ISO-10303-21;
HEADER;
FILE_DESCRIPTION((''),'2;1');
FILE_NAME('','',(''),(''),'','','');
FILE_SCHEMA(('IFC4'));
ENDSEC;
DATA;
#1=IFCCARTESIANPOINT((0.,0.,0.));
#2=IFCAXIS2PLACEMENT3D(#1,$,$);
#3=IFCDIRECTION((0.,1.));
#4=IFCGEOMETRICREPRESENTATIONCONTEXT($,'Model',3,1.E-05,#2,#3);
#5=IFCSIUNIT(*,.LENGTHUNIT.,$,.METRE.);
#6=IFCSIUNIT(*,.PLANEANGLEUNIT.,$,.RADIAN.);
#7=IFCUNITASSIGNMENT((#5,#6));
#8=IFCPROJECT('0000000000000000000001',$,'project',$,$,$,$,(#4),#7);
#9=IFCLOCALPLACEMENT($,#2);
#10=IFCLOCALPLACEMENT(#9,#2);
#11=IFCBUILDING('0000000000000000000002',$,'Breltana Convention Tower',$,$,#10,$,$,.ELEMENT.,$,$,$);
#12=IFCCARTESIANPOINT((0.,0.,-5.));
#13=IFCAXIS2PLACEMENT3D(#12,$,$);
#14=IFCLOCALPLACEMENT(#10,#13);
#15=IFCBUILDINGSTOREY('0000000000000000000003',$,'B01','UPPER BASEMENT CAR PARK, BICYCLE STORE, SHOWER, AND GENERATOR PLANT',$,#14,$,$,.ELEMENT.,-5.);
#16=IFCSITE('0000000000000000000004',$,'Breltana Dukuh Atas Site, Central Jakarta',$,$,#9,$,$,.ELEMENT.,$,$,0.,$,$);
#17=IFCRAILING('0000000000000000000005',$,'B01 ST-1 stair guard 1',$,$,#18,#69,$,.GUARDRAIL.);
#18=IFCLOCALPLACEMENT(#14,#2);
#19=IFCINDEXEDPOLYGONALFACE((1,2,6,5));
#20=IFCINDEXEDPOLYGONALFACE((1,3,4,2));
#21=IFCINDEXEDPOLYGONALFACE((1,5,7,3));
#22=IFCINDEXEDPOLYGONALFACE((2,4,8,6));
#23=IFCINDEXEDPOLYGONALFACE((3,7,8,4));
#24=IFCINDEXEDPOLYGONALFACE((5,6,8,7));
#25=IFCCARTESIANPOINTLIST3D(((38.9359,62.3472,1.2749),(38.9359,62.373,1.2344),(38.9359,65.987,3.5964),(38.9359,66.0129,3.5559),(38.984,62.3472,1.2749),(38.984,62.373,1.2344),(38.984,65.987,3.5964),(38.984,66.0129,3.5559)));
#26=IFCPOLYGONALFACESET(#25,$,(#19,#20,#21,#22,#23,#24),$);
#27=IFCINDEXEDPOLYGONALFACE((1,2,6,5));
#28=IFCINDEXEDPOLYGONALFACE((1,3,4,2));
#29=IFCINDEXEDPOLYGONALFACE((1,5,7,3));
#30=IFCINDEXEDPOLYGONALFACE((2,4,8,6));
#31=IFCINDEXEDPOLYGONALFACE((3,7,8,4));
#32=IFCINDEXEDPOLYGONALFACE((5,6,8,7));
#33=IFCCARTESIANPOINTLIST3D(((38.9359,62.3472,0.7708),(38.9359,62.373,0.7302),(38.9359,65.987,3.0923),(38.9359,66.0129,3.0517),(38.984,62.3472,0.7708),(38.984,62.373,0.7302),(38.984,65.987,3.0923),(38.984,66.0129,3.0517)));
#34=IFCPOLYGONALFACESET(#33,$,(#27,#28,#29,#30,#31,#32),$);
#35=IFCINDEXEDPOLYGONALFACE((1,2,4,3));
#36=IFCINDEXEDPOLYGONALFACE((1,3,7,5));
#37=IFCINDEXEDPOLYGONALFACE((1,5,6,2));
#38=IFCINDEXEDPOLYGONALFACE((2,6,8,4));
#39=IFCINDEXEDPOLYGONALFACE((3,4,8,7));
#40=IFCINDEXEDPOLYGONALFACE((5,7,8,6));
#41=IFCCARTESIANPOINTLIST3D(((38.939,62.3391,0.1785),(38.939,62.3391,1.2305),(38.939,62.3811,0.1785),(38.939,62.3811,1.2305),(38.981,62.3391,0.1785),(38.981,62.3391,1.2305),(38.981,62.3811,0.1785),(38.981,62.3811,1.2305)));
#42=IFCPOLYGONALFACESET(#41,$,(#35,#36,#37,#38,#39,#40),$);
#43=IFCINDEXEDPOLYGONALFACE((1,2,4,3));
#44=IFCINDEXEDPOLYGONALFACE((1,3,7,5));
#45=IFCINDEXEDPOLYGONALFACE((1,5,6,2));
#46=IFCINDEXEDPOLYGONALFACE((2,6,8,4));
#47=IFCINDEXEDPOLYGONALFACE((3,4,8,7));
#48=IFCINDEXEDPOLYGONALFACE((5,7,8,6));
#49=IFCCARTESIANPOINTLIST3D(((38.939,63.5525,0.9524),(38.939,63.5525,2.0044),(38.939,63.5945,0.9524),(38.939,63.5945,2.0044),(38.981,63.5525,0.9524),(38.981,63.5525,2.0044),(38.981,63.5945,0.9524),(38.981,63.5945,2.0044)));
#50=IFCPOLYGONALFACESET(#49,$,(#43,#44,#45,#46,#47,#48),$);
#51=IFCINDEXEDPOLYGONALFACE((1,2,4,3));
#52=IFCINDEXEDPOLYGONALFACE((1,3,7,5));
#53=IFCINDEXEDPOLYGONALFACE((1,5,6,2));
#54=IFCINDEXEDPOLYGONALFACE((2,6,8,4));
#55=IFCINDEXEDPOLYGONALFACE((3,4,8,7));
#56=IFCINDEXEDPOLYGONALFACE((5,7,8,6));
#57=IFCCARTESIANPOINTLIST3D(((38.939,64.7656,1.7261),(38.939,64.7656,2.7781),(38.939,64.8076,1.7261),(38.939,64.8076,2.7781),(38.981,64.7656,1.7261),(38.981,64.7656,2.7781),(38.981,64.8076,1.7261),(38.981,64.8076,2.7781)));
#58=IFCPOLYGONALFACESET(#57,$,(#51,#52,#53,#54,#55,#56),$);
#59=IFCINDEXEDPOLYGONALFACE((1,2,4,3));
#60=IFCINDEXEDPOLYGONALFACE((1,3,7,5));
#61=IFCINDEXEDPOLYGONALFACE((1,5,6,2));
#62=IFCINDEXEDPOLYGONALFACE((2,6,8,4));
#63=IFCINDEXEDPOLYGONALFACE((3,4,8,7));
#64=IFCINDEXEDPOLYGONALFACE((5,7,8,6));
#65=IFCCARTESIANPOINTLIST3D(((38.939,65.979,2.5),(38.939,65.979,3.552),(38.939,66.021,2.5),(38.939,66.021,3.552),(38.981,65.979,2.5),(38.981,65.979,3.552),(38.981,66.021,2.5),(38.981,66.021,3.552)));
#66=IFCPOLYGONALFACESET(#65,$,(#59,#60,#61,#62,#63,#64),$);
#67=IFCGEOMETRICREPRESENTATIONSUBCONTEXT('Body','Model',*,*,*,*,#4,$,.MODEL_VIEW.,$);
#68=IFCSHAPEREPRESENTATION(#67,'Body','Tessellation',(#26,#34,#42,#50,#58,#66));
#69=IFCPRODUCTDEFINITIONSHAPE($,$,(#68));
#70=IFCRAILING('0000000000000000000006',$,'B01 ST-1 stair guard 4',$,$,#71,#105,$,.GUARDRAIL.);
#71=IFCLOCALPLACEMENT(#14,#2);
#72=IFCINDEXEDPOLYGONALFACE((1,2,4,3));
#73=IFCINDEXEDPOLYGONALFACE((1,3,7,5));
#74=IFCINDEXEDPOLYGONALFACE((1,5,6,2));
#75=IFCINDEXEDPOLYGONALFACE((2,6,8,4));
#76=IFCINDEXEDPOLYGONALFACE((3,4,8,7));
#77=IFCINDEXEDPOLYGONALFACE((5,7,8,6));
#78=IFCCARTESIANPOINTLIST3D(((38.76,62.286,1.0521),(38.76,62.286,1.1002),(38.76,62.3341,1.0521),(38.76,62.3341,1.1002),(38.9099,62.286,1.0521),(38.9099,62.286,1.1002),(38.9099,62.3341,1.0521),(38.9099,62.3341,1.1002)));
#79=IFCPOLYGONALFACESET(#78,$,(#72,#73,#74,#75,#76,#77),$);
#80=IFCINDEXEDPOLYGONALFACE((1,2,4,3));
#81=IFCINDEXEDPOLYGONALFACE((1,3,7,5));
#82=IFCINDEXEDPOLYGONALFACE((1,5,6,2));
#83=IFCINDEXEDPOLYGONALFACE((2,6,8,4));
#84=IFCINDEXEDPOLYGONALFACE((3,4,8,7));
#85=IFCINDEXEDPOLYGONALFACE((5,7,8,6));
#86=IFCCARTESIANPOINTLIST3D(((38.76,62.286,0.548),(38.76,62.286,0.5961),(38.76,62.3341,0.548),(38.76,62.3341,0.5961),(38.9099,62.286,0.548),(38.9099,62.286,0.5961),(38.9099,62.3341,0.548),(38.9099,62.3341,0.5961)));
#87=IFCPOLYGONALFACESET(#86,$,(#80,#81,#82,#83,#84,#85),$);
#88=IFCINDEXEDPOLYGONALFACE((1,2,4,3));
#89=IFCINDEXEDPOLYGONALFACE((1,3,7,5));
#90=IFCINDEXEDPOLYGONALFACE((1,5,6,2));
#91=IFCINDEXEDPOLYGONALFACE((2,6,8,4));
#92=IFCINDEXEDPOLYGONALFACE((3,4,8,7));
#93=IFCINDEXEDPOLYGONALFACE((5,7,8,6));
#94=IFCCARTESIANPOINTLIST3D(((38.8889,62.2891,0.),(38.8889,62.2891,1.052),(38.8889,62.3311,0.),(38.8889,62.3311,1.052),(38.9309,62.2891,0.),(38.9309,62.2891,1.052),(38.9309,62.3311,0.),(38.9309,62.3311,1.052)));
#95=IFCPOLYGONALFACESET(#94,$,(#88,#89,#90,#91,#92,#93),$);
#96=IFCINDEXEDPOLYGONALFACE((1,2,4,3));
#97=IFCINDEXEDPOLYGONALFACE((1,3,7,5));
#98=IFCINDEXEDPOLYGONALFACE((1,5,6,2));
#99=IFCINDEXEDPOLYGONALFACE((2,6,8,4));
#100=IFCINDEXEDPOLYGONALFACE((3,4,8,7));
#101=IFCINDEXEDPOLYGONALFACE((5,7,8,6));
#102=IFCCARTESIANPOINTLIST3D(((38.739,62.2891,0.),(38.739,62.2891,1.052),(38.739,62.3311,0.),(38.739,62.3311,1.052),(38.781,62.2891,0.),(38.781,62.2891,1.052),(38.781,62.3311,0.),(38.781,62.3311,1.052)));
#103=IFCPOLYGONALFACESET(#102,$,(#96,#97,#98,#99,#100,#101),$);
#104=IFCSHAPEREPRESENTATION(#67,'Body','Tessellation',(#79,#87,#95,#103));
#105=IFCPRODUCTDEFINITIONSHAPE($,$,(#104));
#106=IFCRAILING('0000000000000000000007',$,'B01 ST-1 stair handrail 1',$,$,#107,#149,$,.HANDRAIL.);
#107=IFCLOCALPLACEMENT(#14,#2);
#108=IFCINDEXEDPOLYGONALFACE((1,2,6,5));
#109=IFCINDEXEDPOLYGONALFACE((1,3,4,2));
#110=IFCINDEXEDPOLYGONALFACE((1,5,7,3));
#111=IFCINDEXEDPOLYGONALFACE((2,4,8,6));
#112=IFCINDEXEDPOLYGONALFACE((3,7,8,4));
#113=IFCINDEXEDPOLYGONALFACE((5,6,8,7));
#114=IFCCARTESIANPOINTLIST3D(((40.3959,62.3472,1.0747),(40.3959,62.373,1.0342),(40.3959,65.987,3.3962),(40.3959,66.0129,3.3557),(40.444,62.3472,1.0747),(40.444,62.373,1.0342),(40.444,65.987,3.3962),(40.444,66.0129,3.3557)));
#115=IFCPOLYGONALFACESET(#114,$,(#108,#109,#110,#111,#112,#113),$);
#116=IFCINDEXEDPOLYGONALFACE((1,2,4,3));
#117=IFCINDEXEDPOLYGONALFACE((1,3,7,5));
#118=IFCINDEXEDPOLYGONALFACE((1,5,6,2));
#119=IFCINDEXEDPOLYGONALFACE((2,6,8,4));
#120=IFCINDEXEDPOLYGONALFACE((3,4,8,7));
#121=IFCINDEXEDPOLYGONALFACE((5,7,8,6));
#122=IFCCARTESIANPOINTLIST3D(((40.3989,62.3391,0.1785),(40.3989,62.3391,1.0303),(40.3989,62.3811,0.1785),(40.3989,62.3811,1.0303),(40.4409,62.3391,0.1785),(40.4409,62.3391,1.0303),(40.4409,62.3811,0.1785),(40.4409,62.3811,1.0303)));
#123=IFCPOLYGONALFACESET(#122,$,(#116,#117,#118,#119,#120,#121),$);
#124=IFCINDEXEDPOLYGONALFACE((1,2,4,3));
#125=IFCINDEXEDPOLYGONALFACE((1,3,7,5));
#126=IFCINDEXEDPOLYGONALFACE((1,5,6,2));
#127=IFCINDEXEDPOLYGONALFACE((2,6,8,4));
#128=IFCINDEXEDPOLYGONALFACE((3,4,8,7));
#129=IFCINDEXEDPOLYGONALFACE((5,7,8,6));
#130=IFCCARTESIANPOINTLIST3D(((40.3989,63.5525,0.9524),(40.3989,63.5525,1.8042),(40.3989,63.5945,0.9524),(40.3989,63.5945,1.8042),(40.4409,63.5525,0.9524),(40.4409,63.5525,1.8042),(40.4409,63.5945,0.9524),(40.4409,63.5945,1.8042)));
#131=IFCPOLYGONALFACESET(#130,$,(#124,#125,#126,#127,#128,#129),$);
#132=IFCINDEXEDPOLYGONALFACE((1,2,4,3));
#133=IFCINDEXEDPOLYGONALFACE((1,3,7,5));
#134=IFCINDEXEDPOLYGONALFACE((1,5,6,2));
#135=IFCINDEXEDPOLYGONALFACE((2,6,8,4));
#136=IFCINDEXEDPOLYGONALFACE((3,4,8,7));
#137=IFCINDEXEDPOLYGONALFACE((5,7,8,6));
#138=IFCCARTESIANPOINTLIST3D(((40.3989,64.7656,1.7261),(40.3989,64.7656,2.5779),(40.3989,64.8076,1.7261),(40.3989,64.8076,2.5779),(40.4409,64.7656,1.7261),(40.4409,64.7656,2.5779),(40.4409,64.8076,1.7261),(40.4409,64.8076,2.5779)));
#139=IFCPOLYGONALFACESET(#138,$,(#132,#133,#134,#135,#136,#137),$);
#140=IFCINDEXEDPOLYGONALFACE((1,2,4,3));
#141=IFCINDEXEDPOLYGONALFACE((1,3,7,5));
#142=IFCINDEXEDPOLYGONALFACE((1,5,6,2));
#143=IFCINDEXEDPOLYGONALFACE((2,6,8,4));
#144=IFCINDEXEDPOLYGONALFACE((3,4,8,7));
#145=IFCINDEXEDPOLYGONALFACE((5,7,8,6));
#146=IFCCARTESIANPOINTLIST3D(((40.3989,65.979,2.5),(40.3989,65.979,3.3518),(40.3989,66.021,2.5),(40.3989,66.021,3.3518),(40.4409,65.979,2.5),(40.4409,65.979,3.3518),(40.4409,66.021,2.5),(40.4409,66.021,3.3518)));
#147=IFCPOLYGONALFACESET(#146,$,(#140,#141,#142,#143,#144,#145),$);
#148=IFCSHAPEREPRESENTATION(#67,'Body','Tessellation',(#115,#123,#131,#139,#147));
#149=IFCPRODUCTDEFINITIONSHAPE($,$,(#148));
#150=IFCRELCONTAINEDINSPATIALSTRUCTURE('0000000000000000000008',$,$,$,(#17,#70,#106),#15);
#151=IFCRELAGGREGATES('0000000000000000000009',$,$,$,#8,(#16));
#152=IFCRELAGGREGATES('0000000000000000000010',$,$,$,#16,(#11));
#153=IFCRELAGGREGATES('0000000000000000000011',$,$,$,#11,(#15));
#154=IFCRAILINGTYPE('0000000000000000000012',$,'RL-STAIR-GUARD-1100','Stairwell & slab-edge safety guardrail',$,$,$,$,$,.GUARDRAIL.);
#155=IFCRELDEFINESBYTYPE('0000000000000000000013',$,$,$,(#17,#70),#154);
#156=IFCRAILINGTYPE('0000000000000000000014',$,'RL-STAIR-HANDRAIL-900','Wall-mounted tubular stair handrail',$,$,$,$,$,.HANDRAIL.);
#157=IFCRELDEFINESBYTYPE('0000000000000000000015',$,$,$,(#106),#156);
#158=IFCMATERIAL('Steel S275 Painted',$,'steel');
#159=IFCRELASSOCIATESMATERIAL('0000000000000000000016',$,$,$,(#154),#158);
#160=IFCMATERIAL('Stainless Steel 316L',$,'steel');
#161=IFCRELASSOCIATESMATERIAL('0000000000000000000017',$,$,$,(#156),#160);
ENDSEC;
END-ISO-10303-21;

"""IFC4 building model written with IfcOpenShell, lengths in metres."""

from ifc_helpers import new_model, si_unit, direction, frame, origin, origin_2d, place, context, subcontext, project, spatial, rectangle, extrude, material, type_object, element, save


model = new_model("IFC4")

# Units and contexts
model_context = context("Model", 3, precision=1e-05, world=origin(), true_north=direction((0.0, 1.0)))
body_context = subcontext(model_context, "Body", "Model", "MODEL_VIEW")
ifc_project = project(units=[si_unit("LENGTHUNIT", "METRE"), si_unit("PLANEANGLEUNIT", "RADIAN")], contexts=[model_context])

# Site, building, storey
site_placement = place(None, origin())
site = spatial("IfcSite", under=ifc_project, at=site_placement, Name="Breltana Dukuh Atas Site, Central Jakarta", CompositionType="ELEMENT", RefElevation=0.0)
building_placement = place(site_placement, origin())
building = spatial("IfcBuilding", under=site, at=building_placement, Name="Breltana Convention Tower", CompositionType="ELEMENT")
storey_placement = place(building_placement, frame((0.0, 0.0, -5.0)))
storey = spatial("IfcBuildingStorey", under=building, at=storey_placement, Name="B01", Description="UPPER BASEMENT CAR PARK, BICYCLE STORE, SHOWER, AND GENERATOR PLANT", CompositionType="ELEMENT", Elevation=-5.0)

# Railings
ifc_material_1 = material(Name="Steel S275 Painted", Category="steel")
railing_type_1 = type_object("IfcRailingType", Name="RL-STAIR-GUARD-1100", Description="Stairwell & slab-edge safety guardrail", PredefinedType="GUARDRAIL", material=ifc_material_1)
railing_1_placement = place(storey_placement, frame((38.96, 62.3601, 0.1785)))
element("IfcRailing", 1, at=railing_1_placement, inside=storey, type_object=railing_type_1, Name="B01 ST-1 stair guard 1", PredefinedType="GUARDRAIL", context=body_context, shape_type="SweptSolid", body=[
    extrude(rectangle(XDim=0.0481, YDim=0.0481, at=origin_2d()), frame((0.0, 0.0, 1.0762), z_axis=(0.0, 0.843112, 0.537739), x_axis=(-1.0, 0.0, 0.0)), (0.0, 0.0, 1.0), 4.3171),
    extrude(rectangle(XDim=0.0481, YDim=0.0481, at=origin_2d()), frame((0.0, 0.0, 0.572), z_axis=(0.0, 0.843112, 0.537739), x_axis=(-1.0, 0.0, 0.0)), (0.0, 0.0, 1.0), 4.3171),
    extrude(rectangle(XDim=0.042, YDim=0.042, at=origin_2d()), origin(), (0.0, 0.0, 1.0), 1.052),
    extrude(rectangle(XDim=0.042, YDim=0.042, at=origin_2d()), frame((0.0, 1.2134, 0.7739)), (0.0, 0.0, 1.0), 1.052),
    extrude(rectangle(XDim=0.042, YDim=0.042, at=origin_2d()), frame((0.0, 2.4265, 1.5476)), (0.0, 0.0, 1.0), 1.052),
    extrude(rectangle(XDim=0.042, YDim=0.042, at=origin_2d()), frame((0.0, 3.6399, 2.3215)), (0.0, 0.0, 1.0), 1.052),
])
railing_2_placement = place(storey_placement, frame((38.9099, 62.3101, 0.0)))
element("IfcRailing", 2, at=railing_2_placement, inside=storey, type_object=railing_type_1, Name="B01 ST-1 stair guard 4", PredefinedType="GUARDRAIL", context=body_context, shape_type="SweptSolid", body=[
    extrude(rectangle(XDim=0.0481, YDim=0.0481, at=origin_2d()), frame((0.0, 0.0, 1.0762), z_axis=(-1.0, 0.0, 0.0), x_axis=(0.0, -1.0, 0.0)), (0.0, 0.0, 1.0), 0.1499),
    extrude(rectangle(XDim=0.0481, YDim=0.0481, at=origin_2d()), frame((0.0, 0.0, 0.572), z_axis=(-1.0, 0.0, 0.0), x_axis=(0.0, -1.0, 0.0)), (0.0, 0.0, 1.0), 0.1499),
    extrude(rectangle(XDim=0.042, YDim=0.042, at=origin_2d()), origin(), (0.0, 0.0, 1.0), 1.052),
    extrude(rectangle(XDim=0.042, YDim=0.042, at=origin_2d()), frame((-0.1499, 0.0, 0.0)), (0.0, 0.0, 1.0), 1.052),
])
ifc_material_2 = material(Name="Stainless Steel 316L", Category="steel")
railing_type_2 = type_object("IfcRailingType", Name="RL-STAIR-HANDRAIL-900", Description="Wall-mounted tubular stair handrail", PredefinedType="HANDRAIL", material=ifc_material_2)
railing_3_placement = place(storey_placement, frame((40.4199, 62.3601, 0.1785)))
element("IfcRailing", 3, at=railing_3_placement, inside=storey, type_object=railing_type_2, Name="B01 ST-1 stair handrail 1", PredefinedType="HANDRAIL", context=body_context, shape_type="SweptSolid", body=[
    extrude(rectangle(XDim=0.0481, YDim=0.0481, at=origin_2d()), frame((0.0, 0.0, 0.876), z_axis=(0.0, 0.843112, 0.537739), x_axis=(-1.0, 0.0, 0.0)), (0.0, 0.0, 1.0), 4.3171),
    extrude(rectangle(XDim=0.042, YDim=0.042, at=origin_2d()), origin(), (0.0, 0.0, 1.0), 0.8518),
    extrude(rectangle(XDim=0.042, YDim=0.042, at=origin_2d()), frame((0.0, 1.2134, 0.7739)), (0.0, 0.0, 1.0), 0.8518),
    extrude(rectangle(XDim=0.042, YDim=0.042, at=origin_2d()), frame((0.0, 2.4265, 1.5476)), (0.0, 0.0, 1.0), 0.8518),
    extrude(rectangle(XDim=0.042, YDim=0.042, at=origin_2d()), frame((0.0, 3.6399, 2.3215)), (0.0, 0.0, 1.0), 0.8518),
])

save(model, "model.ifc")
